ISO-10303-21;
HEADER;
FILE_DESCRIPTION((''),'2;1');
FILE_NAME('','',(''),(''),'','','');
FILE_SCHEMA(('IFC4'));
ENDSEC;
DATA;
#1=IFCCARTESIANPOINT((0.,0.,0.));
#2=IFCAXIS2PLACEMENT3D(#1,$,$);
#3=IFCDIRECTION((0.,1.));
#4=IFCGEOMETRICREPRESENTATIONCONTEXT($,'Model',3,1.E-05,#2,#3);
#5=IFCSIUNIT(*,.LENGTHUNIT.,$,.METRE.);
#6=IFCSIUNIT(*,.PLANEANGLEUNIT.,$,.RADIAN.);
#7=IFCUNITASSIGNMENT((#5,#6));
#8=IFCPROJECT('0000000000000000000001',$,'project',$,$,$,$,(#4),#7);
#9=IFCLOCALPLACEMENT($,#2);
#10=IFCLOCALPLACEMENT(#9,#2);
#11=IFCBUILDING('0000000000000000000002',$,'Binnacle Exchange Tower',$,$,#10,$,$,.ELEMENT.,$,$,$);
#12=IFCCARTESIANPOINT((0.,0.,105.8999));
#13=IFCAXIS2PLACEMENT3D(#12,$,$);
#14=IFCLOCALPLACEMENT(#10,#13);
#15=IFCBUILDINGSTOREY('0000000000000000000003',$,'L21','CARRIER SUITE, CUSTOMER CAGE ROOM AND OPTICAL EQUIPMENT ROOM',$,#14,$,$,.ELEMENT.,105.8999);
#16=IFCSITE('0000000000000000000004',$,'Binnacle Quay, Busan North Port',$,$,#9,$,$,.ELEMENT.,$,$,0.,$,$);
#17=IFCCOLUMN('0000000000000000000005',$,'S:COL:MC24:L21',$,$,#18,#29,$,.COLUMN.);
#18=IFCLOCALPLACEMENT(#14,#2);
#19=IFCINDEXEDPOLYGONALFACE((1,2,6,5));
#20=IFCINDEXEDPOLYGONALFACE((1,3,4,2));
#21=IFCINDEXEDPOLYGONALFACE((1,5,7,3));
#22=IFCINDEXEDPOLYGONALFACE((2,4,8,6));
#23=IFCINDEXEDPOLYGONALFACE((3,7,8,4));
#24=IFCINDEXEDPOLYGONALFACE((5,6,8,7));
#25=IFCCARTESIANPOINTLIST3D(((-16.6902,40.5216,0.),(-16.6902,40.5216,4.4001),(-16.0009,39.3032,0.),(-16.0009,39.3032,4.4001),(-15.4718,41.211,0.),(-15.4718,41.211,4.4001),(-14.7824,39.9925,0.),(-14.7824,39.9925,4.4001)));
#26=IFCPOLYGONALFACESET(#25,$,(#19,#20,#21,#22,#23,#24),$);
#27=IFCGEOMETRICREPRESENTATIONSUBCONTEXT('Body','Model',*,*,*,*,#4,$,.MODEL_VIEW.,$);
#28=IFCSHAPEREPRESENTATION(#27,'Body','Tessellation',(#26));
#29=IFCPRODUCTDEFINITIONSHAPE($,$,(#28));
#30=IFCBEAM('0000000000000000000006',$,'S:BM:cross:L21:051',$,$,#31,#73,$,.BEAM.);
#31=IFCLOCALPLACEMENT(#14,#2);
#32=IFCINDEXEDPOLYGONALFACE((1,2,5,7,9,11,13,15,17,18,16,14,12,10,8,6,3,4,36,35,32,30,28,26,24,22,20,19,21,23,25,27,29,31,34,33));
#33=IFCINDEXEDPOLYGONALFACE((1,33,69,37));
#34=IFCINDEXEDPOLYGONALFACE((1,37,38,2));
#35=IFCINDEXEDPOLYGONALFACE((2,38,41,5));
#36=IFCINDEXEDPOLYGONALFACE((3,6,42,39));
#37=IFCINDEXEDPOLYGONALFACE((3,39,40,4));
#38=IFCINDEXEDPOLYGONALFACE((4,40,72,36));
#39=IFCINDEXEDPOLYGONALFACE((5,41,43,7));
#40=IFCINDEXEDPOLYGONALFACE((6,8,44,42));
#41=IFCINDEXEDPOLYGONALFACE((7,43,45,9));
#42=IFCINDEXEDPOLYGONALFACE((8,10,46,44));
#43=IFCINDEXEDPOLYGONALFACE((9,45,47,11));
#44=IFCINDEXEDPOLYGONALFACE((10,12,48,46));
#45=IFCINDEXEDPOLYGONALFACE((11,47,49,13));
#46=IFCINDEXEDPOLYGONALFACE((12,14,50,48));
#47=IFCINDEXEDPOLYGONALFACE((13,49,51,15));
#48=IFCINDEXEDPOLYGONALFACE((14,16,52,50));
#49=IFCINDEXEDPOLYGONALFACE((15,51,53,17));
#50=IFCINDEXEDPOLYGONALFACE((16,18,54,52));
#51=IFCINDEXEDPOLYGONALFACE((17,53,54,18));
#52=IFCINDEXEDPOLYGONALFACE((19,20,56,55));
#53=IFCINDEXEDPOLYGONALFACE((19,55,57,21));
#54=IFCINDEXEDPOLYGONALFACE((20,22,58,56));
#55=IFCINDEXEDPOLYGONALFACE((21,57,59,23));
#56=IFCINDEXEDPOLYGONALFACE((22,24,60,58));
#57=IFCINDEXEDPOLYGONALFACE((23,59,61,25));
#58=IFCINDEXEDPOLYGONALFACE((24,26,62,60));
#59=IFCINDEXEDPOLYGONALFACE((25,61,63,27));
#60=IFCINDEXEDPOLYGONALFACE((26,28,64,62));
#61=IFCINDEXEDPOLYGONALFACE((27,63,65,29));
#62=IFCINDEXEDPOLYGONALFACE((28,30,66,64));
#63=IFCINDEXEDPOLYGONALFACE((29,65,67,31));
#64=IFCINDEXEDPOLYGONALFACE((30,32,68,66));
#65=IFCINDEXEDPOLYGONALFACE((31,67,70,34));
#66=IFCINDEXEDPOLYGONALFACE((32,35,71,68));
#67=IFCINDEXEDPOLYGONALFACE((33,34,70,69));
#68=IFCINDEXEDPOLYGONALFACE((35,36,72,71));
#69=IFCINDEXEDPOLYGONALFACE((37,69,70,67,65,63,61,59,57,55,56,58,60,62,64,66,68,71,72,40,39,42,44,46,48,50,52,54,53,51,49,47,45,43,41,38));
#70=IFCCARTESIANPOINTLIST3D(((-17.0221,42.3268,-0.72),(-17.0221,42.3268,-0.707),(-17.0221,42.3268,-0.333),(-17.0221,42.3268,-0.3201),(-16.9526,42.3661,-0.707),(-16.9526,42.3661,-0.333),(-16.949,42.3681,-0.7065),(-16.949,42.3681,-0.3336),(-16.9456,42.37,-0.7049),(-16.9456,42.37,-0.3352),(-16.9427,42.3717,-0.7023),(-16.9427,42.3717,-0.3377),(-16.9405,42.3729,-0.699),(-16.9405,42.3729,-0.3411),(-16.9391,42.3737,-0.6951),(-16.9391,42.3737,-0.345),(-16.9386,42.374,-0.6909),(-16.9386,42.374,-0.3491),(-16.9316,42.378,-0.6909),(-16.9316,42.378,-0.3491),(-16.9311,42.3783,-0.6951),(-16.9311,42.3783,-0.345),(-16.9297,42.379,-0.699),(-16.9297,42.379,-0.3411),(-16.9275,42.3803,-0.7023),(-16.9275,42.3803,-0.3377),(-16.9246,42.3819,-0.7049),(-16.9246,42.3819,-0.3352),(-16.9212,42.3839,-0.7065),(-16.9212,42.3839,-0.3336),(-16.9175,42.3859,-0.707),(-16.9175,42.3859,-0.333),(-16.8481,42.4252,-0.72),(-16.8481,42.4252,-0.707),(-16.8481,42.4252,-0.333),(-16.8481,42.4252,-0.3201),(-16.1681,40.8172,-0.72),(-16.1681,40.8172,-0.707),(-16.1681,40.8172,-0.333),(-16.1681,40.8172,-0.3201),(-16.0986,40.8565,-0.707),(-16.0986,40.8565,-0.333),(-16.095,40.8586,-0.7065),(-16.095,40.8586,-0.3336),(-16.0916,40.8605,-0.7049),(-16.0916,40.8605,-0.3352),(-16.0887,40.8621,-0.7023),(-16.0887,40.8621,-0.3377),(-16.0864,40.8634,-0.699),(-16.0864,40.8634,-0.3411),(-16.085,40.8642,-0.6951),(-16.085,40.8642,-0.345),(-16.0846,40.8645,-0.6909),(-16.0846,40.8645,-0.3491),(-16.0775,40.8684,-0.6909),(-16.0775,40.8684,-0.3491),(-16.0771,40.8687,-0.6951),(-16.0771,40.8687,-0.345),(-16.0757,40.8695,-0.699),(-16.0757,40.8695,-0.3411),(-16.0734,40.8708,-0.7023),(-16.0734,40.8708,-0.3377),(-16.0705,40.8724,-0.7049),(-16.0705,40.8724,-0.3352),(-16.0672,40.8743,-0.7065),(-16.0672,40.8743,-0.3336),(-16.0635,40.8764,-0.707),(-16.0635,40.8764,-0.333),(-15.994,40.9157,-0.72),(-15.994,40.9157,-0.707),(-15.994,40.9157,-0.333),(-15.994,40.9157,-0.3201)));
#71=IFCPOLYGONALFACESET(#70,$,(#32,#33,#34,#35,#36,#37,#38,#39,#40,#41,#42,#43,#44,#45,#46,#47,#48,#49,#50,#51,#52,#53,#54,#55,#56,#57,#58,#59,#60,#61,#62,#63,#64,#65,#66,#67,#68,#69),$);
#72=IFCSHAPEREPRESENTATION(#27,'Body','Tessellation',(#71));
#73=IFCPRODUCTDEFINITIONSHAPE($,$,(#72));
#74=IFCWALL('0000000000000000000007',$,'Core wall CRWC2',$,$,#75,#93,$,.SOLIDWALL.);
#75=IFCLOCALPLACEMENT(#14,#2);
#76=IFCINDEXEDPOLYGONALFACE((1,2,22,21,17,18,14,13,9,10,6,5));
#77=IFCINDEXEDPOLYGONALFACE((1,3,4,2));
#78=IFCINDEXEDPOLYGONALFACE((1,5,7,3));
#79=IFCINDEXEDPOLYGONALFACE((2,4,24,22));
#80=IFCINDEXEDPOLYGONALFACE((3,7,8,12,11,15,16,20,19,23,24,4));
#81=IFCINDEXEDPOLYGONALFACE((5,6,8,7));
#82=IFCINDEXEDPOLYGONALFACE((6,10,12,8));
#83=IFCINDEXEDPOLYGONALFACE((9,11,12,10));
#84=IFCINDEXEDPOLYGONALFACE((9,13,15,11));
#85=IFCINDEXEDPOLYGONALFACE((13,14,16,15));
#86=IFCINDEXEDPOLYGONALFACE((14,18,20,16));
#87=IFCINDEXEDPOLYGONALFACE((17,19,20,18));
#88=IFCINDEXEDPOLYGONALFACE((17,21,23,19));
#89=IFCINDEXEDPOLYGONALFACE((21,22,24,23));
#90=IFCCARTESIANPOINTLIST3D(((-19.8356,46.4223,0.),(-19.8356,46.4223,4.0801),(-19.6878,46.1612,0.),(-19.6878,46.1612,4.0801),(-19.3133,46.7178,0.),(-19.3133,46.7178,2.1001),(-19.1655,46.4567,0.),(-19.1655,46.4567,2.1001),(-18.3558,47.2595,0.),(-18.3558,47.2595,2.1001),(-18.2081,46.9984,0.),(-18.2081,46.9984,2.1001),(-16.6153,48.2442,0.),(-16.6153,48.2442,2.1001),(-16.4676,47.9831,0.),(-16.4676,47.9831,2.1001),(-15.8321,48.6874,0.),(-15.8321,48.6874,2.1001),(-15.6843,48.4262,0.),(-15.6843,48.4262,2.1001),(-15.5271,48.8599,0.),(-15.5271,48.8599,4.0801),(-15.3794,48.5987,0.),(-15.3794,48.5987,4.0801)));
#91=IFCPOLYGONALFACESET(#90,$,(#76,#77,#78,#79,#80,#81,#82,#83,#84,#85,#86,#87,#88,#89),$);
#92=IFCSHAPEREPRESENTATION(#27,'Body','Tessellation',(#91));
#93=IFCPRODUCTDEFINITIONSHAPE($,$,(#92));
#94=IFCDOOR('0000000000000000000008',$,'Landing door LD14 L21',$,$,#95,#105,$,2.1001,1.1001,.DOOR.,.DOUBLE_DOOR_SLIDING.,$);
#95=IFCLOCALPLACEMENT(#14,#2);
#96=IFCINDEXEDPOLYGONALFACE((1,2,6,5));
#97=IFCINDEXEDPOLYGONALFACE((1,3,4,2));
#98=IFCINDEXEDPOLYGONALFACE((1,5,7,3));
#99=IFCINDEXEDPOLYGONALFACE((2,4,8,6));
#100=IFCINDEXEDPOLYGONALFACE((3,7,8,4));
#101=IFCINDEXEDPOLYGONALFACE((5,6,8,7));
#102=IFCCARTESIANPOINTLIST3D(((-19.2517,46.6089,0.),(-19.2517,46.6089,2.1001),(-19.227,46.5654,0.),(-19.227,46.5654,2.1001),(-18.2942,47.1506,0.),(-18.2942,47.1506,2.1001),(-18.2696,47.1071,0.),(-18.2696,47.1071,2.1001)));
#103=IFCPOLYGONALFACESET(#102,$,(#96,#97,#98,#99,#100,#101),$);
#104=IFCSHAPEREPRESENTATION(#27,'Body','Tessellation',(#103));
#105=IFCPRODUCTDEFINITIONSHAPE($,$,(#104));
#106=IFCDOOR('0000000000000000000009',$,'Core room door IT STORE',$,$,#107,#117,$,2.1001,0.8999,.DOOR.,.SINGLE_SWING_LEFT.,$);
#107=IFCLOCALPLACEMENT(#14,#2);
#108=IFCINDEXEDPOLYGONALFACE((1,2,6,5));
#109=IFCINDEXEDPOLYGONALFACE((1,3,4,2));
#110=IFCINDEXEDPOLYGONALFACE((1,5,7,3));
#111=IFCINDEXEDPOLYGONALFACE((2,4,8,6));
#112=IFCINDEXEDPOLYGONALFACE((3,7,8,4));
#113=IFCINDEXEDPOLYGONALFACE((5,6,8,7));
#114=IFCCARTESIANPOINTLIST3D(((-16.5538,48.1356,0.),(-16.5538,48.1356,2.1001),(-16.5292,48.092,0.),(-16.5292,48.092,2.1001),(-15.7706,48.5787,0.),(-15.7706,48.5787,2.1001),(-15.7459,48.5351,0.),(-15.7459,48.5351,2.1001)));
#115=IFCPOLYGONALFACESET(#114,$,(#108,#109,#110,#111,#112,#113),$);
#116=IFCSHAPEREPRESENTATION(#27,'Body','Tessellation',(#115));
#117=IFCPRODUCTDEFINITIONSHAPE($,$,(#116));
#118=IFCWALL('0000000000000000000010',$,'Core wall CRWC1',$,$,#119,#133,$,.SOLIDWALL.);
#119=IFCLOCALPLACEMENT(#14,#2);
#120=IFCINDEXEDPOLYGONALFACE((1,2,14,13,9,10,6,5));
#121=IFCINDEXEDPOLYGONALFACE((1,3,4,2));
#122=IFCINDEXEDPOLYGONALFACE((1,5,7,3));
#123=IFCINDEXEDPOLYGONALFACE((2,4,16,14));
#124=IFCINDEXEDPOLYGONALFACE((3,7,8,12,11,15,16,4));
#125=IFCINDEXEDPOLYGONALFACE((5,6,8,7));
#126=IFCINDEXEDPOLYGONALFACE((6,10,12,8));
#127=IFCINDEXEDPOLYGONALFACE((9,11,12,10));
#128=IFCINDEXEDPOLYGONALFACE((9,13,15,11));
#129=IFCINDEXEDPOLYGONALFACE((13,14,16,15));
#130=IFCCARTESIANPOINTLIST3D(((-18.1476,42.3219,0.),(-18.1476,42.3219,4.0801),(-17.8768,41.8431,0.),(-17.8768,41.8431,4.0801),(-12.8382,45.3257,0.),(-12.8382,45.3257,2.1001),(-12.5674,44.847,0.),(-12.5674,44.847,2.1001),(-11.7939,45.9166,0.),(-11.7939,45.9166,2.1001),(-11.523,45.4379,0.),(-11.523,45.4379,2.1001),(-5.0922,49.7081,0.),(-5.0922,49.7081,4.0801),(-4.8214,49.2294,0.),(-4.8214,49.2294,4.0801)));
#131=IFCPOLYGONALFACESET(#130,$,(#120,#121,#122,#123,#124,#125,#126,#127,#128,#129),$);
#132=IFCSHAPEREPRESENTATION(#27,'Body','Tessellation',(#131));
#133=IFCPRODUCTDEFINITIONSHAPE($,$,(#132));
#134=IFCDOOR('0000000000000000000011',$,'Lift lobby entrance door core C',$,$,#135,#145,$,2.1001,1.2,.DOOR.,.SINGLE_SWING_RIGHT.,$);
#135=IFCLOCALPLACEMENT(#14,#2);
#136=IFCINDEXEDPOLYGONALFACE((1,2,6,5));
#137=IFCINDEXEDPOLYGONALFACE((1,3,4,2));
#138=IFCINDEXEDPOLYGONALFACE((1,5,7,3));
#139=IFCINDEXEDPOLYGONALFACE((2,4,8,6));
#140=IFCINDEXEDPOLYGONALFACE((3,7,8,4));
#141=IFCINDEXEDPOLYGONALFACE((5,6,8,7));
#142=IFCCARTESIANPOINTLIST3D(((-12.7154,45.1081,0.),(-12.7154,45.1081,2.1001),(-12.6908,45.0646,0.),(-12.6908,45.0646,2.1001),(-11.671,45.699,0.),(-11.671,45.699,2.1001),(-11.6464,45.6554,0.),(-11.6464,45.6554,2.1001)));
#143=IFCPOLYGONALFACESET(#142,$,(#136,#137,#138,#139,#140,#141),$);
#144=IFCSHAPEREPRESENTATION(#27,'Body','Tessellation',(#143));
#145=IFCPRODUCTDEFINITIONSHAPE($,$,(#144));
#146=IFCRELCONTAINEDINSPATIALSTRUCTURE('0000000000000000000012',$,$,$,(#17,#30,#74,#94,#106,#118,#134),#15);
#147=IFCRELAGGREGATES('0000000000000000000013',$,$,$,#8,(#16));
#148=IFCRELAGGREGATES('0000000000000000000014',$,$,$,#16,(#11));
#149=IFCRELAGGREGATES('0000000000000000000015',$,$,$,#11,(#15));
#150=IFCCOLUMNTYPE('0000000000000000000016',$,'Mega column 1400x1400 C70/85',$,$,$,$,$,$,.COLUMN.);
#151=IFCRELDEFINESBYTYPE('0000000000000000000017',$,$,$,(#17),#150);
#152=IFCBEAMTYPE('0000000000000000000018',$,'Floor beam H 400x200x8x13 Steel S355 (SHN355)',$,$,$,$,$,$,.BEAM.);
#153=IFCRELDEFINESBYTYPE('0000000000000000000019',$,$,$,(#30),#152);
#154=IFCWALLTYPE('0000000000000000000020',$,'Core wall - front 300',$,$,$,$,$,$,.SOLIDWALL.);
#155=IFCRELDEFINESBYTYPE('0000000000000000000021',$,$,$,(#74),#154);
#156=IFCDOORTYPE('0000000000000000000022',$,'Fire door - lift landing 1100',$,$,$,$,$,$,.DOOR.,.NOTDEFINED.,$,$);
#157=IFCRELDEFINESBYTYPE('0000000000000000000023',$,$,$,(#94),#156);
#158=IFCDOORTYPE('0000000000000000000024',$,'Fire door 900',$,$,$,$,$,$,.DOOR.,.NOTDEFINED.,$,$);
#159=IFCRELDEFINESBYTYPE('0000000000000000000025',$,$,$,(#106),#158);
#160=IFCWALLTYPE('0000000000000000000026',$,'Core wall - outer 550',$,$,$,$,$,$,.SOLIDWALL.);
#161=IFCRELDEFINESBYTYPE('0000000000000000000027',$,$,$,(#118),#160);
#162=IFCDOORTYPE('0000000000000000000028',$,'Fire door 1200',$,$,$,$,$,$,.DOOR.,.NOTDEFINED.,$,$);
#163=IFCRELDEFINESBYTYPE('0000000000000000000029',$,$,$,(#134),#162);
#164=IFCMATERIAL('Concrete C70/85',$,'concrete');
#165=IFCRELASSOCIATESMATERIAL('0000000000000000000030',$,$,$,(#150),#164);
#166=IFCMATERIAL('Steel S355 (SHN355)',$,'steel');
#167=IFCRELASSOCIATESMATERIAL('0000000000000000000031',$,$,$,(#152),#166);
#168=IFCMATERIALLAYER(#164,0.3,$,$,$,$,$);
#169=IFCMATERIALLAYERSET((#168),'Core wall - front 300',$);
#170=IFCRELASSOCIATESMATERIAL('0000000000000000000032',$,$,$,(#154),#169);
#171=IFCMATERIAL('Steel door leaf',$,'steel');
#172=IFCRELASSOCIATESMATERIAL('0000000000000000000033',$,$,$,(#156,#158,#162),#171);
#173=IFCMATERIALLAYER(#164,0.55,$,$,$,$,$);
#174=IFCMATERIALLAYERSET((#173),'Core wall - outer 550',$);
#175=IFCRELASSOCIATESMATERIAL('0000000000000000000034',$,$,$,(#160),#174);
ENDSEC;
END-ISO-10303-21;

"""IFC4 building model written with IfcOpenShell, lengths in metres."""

from ifc_helpers import new_model, si_unit, direction, frame, frame_2d, origin, origin_2d, place, context, subcontext, project, spatial, rectangle, i_section, extrude, material, layer, layer_set, material_profile, profile_set, type_object, element, fill, save


model = new_model("IFC4")

# Units and contexts
model_context = context("Model", 3, precision=1e-05, world=origin(), true_north=direction((0.0, 1.0)))
body_context = subcontext(model_context, "Body", "Model", "MODEL_VIEW")
ifc_project = project(units=[si_unit("LENGTHUNIT", "METRE"), si_unit("PLANEANGLEUNIT", "RADIAN")], contexts=[model_context])

# Site, building, storey
site_placement = place(None, origin())
site = spatial("IfcSite", under=ifc_project, at=site_placement, Name="Binnacle Quay, Busan North Port", CompositionType="ELEMENT", RefElevation=0.0)
building_placement = place(site_placement, origin())
building = spatial("IfcBuilding", under=site, at=building_placement, Name="Binnacle Exchange Tower", CompositionType="ELEMENT")
storey_placement = place(building_placement, frame((0.0, 0.0, 105.8999)))
storey = spatial("IfcBuildingStorey", under=building, at=storey_placement, Name="L21", Description="CARRIER SUITE, CUSTOMER CAGE ROOM AND OPTICAL EQUIPMENT ROOM", CompositionType="ELEMENT", Elevation=105.8999)

# Column
ifc_material_1 = material(Name="Concrete C70/85", Category="concrete")
ifc_material_profile_1 = material_profile(ifc_material_1, rectangle(XDim=1.3999, YDim=1.3999, at=origin_2d()), Name="Mega column 1400x1400 C70/85")
ifc_profile_set_1 = profile_set([ifc_material_profile_1], Name="Concrete C70/85")
column_type = type_object("IfcColumnType", Name="Mega column 1400x1400 C70/85", PredefinedType="COLUMN", material=ifc_profile_set_1)
column_placement = place(storey_placement, frame((-15.7363, 40.2571, 0.0), z_axis=(0.0, 0.0, 1.0), x_axis=(0.870356, 0.492424, 0.0)))
element("IfcColumn", 1, at=column_placement, inside=storey, type_object=column_type, Name="S:COL:MC24:L21", PredefinedType="COLUMN", context=body_context, shape_type="SweptSolid", body=[
    extrude(rectangle(XDim=1.3999, YDim=1.3999, at=origin_2d()), origin(), (0.0, 0.0, 1.0), 4.4001),
])

# Beam
ifc_material_2 = material(Name="Steel S355 (SHN355)", Category="steel")
ifc_material_profile_2 = material_profile(ifc_material_2, i_section(OverallWidth=0.2, OverallDepth=0.3999, WebThickness=0.0081, FlangeThickness=0.0129, FilletRadius=0.0161, at=origin_2d()), Name="H 400x200x8x13")
ifc_profile_set_2 = profile_set([ifc_material_profile_2], Name="Steel S355 (SHN355)")
beam_type = type_object("IfcBeamType", Name="Floor beam H 400x200x8x13 Steel S355 (SHN355)", PredefinedType="BEAM", material=ifc_profile_set_2)
beam_placement = place(storey_placement, frame((-16.0811, 40.8665, -0.52), z_axis=(-0.492405, 0.870366, 0.0), x_axis=(-0.870366, -0.492405, 0.0)))
element("IfcBeam", 2, at=beam_placement, inside=storey, type_object=beam_type, Name="S:BM:cross:L21:051", PredefinedType="BEAM", context=body_context, shape_type="SweptSolid", body=[
    extrude(i_section(OverallWidth=0.2, OverallDepth=0.3999, WebThickness=0.0081, FlangeThickness=0.0129, FilletRadius=0.0161, at=origin_2d()), origin(), (0.0, 0.0, 1.0), 1.7344),
])

# Wall, openings, doors
ifc_layer_1 = layer(ifc_material_1, 0.3)
ifc_layer_set_1 = layer_set([ifc_layer_1], Name="Core wall - front 300")
wall_type_1 = type_object("IfcWallType", Name="Core wall - front 300", PredefinedType="SOLIDWALL", material=ifc_layer_set_1)
wall_1_placement = place(storey_placement, frame((-19.7617, 46.2917, 0.0), z_axis=(0.0, 0.0, 1.0), x_axis=(0.87036, 0.492416, 0.0)))
wall_1 = element("IfcWall", 3, at=wall_1_placement, inside=storey, type_object=wall_type_1, Name="Core wall CRWC2", PredefinedType="SOLIDWALL", context=body_context, shape_type="SweptSolid", body=[
    extrude(rectangle(XDim=4.9502, YDim=0.3, at=frame_2d((2.4751, 0.0))), origin(), (0.0, 0.0, 1.0), 4.0801),
])
opening_1_placement = place(wall_1_placement, frame((0.6001, 0.0, 0.0)))
opening_1 = element("IfcOpeningElement", 4, at=opening_1_placement, cuts=wall_1, PredefinedType="OPENING", context=body_context, shape_type="SweptSolid", body=[
    extrude(rectangle(XDim=1.1001, YDim=2.1001, at=frame_2d((0.55, 1.05))), frame((0.0, 0.1599, 0.0), z_axis=(0.0, -1.0, 0.0), x_axis=(1.0, 0.0, 0.0)), (0.0, 0.0, 1.0), 0.3201),
])
opening_2_placement = place(wall_1_placement, frame((3.7, 0.0, 0.0)))
opening_2 = element("IfcOpeningElement", 5, at=opening_2_placement, cuts=wall_1, PredefinedType="OPENING", context=body_context, shape_type="SweptSolid", body=[
    extrude(rectangle(XDim=0.8999, YDim=2.1001, at=frame_2d((0.45, 1.05))), frame((0.0, 0.1599, 0.0), z_axis=(0.0, -1.0, 0.0), x_axis=(1.0, 0.0, 0.0)), (0.0, 0.0, 1.0), 0.3201),
])
ifc_material_3 = material(Name="Steel door leaf", Category="steel")
door_type_1 = type_object("IfcDoorType", Name="Fire door - lift landing 1100", OperationType="NOTDEFINED", PredefinedType="DOOR", material=ifc_material_3)
door_1_placement = place(opening_1_placement, origin())
door_1 = element("IfcDoor", 6, at=door_1_placement, inside=storey, type_object=door_type_1, Name="Landing door LD14 L21", OperationType="DOUBLE_DOOR_SLIDING", OverallHeight=2.1001, OverallWidth=1.1001, PredefinedType="DOOR", context=body_context, shape_type="SweptSolid", body=[
    extrude(rectangle(XDim=1.1001, YDim=2.1001, at=frame_2d((0.55, 1.05))), frame((0.0, 0.0249, 0.0), z_axis=(0.0, -1.0, 0.0), x_axis=(1.0, 0.0, 0.0)), (0.0, 0.0, 1.0), 0.05),
])
fill(opening_1, door_1)
door_type_2 = type_object("IfcDoorType", Name="Fire door 900", OperationType="NOTDEFINED", PredefinedType="DOOR", material=ifc_material_3)
door_2_placement = place(opening_2_placement, frame((0.8999, 0.0, 0.0), z_axis=(0.0, 0.0, 1.0), x_axis=(-1.0, 0.0, 0.0)))
door_2 = element("IfcDoor", 7, at=door_2_placement, inside=storey, type_object=door_type_2, Name="Core room door IT STORE", OperationType="SINGLE_SWING_LEFT", OverallHeight=2.1001, OverallWidth=0.8999, PredefinedType="DOOR", context=body_context, shape_type="SweptSolid", body=[
    extrude(rectangle(XDim=0.8999, YDim=2.1001, at=frame_2d((0.45, 1.05))), frame((0.0, 0.0249, 0.0), z_axis=(0.0, -1.0, 0.0), x_axis=(1.0, 0.0, 0.0)), (0.0, 0.0, 1.0), 0.05),
])
fill(opening_2, door_2)

# Wall, opening, door
ifc_layer_2 = layer(ifc_material_1, 0.55)
ifc_layer_set_2 = layer_set([ifc_layer_2], Name="Core wall - outer 550")
wall_type_2 = type_object("IfcWallType", Name="Core wall - outer 550", PredefinedType="SOLIDWALL", material=ifc_layer_set_2)
wall_2_placement = place(storey_placement, frame((-18.0122, 42.0825, 0.0), z_axis=(0.0, 0.0, 1.0), x_axis=(0.870361, 0.492415, 0.0)))
wall_2 = element("IfcWall", 8, at=wall_2_placement, inside=storey, type_object=wall_type_2, Name="Core wall CRWC1", PredefinedType="SOLIDWALL", context=body_context, shape_type="SweptSolid", body=[
    extrude(rectangle(XDim=15.0, YDim=0.55, at=frame_2d((7.5, 0.0))), origin(), (0.0, 0.0, 1.0), 4.0801),
])
opening_3_placement = place(wall_2_placement, frame((6.1001, 0.0, 0.0)))
opening_3 = element("IfcOpeningElement", 9, at=opening_3_placement, cuts=wall_2, PredefinedType="OPENING", context=body_context, shape_type="SweptSolid", body=[
    extrude(rectangle(XDim=1.2, YDim=2.1001, at=frame_2d((0.6001, 1.05))), frame((0.0, 0.2849, 0.0), z_axis=(0.0, -1.0, 0.0), x_axis=(1.0, 0.0, 0.0)), (0.0, 0.0, 1.0), 0.5701),
])
door_type_3 = type_object("IfcDoorType", Name="Fire door 1200", OperationType="NOTDEFINED", PredefinedType="DOOR", material=ifc_material_3)
door_3_placement = place(opening_3_placement, frame((1.2, 0.0, 0.0), z_axis=(0.0, 0.0, 1.0), x_axis=(-1.0, 0.0, 0.0)))
door_3 = element("IfcDoor", 10, at=door_3_placement, inside=storey, type_object=door_type_3, Name="Lift lobby entrance door core C", OperationType="SINGLE_SWING_RIGHT", OverallHeight=2.1001, OverallWidth=1.2, PredefinedType="DOOR", context=body_context, shape_type="SweptSolid", body=[
    extrude(rectangle(XDim=1.2, YDim=2.1001, at=frame_2d((0.6001, 1.05))), frame((0.0, 0.0249, 0.0), z_axis=(0.0, -1.0, 0.0), x_axis=(1.0, 0.0, 0.0)), (0.0, 0.0, 1.0), 0.05),
])
fill(opening_3, door_3)

save(model, "model.ifc")
